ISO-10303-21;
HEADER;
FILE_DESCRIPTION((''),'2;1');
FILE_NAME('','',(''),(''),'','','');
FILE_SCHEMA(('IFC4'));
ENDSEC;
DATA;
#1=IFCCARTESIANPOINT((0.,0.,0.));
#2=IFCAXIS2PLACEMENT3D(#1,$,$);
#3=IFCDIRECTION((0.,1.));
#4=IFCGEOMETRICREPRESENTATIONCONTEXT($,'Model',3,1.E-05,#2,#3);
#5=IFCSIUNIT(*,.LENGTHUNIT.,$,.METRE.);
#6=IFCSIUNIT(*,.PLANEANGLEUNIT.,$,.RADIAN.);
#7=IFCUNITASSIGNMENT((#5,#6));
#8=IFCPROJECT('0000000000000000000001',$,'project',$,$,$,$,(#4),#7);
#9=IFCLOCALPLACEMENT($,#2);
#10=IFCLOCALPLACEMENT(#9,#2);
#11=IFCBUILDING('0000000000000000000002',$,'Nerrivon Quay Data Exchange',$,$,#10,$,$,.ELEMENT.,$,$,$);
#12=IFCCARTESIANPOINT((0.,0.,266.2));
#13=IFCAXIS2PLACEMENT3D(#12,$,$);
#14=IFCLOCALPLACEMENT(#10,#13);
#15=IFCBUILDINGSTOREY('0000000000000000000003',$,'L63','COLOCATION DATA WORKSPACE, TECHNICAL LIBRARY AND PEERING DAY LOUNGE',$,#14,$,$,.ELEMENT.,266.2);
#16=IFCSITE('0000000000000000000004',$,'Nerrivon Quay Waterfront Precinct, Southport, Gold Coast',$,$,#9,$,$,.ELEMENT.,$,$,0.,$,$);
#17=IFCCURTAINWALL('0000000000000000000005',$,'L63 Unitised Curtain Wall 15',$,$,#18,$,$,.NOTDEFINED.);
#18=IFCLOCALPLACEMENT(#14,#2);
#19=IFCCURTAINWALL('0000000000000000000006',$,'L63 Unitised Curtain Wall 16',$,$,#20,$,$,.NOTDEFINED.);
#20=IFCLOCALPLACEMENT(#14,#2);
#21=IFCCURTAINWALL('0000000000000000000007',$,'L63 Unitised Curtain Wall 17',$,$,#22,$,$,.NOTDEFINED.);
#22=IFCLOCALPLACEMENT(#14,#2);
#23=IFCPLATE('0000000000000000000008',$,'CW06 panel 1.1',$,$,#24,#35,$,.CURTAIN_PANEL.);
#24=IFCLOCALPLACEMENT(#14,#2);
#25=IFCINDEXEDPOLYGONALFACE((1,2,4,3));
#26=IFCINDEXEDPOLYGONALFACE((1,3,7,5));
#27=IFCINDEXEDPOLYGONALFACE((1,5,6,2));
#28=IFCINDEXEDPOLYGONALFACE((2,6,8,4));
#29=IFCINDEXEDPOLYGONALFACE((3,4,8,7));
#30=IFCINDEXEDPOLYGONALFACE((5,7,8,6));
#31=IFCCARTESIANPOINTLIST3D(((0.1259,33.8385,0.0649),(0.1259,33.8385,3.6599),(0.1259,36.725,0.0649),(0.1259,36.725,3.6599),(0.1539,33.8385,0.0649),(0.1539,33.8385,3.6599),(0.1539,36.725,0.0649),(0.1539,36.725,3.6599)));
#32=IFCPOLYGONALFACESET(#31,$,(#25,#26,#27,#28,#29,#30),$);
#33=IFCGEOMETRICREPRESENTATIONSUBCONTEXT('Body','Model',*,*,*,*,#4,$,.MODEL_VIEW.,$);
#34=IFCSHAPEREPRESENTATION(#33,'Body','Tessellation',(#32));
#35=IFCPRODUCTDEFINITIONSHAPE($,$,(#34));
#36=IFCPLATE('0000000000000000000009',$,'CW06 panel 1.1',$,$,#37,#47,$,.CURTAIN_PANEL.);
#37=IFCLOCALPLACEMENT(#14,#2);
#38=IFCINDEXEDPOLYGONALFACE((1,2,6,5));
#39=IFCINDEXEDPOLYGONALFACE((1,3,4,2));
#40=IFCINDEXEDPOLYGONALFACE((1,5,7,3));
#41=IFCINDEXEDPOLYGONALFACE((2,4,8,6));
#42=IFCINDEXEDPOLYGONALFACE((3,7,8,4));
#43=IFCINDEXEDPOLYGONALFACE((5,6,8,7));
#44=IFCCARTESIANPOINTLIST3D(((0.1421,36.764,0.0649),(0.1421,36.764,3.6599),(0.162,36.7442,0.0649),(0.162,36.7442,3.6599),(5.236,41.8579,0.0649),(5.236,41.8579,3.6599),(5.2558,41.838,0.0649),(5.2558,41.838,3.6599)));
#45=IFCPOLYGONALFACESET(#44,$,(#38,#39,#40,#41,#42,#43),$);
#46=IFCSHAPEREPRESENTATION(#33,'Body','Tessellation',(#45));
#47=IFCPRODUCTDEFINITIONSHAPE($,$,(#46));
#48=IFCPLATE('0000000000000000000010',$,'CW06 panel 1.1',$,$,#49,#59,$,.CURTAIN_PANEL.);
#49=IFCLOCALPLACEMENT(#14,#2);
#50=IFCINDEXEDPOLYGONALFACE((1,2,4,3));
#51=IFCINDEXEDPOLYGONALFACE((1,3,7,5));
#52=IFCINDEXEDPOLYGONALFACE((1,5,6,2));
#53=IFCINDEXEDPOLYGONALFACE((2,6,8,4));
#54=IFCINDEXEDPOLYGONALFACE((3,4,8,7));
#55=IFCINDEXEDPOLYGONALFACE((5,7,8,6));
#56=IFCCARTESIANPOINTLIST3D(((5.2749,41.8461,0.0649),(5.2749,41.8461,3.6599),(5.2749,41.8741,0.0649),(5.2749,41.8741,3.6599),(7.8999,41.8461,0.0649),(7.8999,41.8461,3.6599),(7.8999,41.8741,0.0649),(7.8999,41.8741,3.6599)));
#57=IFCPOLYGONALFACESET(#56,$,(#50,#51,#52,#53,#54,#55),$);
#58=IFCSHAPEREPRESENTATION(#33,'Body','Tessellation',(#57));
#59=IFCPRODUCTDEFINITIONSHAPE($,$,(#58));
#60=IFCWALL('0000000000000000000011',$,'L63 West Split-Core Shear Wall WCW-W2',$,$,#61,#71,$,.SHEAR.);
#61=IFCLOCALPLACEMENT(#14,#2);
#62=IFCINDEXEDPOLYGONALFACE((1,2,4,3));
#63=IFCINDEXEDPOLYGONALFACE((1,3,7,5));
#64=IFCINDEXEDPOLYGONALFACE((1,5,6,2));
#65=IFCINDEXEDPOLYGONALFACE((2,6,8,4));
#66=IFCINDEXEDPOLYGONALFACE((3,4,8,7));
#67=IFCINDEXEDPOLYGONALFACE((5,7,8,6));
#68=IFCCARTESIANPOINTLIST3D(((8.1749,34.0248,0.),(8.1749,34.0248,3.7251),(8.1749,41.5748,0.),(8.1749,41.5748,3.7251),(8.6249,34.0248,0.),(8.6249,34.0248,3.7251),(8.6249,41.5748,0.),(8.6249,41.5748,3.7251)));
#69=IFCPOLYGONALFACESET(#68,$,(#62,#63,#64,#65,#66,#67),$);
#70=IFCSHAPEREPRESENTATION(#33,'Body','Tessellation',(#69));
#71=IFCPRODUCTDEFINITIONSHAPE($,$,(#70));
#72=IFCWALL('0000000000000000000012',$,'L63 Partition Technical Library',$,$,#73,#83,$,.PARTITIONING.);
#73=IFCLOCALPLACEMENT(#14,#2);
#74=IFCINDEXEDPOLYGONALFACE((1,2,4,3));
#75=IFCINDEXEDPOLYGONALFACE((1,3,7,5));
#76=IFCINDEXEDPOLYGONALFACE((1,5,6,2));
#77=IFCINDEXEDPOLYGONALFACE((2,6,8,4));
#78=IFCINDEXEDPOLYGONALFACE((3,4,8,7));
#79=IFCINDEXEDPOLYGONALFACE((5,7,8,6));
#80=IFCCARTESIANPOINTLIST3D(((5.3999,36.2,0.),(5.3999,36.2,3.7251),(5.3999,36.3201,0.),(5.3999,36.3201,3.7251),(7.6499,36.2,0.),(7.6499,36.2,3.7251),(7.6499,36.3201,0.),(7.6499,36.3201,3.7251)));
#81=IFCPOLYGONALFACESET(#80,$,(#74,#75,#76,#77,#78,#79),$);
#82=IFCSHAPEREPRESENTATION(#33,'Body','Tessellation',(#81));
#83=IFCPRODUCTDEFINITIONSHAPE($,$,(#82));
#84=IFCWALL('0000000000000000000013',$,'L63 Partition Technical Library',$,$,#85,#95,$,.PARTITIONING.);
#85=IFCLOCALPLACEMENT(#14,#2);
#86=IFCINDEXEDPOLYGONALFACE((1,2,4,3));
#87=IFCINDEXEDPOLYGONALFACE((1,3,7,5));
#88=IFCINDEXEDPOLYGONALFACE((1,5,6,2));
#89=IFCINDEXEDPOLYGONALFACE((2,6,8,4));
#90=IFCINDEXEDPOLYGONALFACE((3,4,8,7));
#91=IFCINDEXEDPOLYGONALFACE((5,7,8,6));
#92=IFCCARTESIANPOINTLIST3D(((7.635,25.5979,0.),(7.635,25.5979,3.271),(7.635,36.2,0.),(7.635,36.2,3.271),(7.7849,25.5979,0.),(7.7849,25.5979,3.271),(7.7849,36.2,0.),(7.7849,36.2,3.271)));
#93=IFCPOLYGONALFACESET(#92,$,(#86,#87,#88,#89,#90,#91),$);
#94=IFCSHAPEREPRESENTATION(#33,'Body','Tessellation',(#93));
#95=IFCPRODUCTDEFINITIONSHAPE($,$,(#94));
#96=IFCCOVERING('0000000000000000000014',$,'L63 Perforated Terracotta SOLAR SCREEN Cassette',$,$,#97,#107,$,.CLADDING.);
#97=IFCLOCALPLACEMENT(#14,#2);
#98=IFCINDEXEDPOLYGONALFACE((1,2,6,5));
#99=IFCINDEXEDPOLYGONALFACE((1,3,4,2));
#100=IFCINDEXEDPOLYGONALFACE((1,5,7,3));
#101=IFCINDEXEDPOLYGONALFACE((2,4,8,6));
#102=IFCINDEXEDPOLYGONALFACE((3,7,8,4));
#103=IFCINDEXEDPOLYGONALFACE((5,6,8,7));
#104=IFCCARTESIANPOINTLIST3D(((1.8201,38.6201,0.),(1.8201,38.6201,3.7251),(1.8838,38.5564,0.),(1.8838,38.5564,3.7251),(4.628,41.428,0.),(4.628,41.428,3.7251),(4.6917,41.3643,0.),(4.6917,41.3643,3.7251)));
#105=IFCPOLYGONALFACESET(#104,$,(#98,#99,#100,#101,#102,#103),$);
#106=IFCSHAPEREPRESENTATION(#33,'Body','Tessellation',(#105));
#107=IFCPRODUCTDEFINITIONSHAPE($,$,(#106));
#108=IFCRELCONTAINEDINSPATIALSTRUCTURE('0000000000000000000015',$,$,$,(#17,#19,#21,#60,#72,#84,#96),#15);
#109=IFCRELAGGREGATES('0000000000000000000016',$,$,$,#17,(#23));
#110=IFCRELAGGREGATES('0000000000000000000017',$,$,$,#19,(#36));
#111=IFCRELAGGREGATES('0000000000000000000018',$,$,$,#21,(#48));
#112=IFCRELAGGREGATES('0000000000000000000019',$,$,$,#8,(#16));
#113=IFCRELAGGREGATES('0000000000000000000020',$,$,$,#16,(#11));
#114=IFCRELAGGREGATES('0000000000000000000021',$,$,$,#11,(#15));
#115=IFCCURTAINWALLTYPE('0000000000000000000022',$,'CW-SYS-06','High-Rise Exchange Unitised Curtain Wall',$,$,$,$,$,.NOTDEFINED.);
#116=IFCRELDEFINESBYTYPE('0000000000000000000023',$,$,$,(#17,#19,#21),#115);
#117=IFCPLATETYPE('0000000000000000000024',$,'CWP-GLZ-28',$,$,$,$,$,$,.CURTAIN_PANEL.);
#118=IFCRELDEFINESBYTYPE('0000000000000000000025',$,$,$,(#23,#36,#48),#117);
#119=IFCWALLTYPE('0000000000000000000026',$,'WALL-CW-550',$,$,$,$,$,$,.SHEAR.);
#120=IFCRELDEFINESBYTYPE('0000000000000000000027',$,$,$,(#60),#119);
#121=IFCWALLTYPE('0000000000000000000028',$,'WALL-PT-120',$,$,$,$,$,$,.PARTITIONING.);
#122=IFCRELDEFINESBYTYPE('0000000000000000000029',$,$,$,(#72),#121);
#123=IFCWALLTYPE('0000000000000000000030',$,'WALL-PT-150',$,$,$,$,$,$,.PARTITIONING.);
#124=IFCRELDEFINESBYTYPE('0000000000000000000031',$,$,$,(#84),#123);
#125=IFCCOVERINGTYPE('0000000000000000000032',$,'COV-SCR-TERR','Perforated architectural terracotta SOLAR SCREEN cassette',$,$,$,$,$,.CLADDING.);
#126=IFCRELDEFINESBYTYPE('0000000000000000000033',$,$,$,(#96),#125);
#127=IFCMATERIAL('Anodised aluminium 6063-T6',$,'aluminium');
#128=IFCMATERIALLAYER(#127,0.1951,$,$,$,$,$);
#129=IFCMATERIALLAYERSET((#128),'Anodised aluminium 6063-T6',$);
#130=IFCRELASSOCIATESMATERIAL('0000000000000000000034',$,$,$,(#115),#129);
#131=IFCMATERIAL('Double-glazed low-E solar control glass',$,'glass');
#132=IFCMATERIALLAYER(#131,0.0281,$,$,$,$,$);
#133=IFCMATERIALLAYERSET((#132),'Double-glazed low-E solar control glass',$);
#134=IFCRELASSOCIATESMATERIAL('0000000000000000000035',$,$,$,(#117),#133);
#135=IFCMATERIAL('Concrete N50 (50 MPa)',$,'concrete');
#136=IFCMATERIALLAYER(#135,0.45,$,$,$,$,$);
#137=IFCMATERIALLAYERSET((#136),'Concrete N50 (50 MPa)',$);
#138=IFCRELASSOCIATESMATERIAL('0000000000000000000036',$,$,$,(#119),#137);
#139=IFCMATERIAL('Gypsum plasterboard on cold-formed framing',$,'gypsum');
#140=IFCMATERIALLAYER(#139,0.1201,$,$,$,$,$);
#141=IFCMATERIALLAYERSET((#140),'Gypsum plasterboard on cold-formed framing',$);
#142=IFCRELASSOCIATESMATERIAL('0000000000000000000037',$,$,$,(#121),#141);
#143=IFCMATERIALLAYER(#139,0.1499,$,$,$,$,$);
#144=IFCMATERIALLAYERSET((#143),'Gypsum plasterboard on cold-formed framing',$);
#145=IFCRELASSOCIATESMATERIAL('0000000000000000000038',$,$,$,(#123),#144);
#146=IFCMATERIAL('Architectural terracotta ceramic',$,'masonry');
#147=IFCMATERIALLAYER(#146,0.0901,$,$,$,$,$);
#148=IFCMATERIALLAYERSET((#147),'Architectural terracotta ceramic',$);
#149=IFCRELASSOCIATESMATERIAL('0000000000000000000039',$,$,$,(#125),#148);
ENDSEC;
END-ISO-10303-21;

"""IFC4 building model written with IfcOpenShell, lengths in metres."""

from ifc_helpers import new_model, si_unit, direction, frame, frame_2d, origin, origin_2d, place, context, subcontext, project, spatial, rectangle, extrude, material, layer, layer_set, type_object, element, aggregate, save


model = new_model("IFC4")

# Units and contexts
model_context = context("Model", 3, precision=1e-05, world=origin(), true_north=direction((0.0, 1.0)))
body_context = subcontext(model_context, "Body", "Model", "MODEL_VIEW")
ifc_project = project(units=[si_unit("LENGTHUNIT", "METRE"), si_unit("PLANEANGLEUNIT", "RADIAN")], contexts=[model_context])

# Site, building, storey
site_placement = place(None, origin())
site = spatial("IfcSite", under=ifc_project, at=site_placement, Name="Nerrivon Quay Waterfront Precinct, Southport, Gold Coast", CompositionType="ELEMENT", RefElevation=0.0)
building_placement = place(site_placement, origin())
building = spatial("IfcBuilding", under=site, at=building_placement, Name="Nerrivon Quay Data Exchange", CompositionType="ELEMENT")
storey_placement = place(building_placement, frame((0.0, 0.0, 266.2)))
storey = spatial("IfcBuildingStorey", under=building, at=storey_placement, Name="L63", Description="COLOCATION DATA WORKSPACE, TECHNICAL LIBRARY AND PEERING DAY LOUNGE", CompositionType="ELEMENT", Elevation=266.2)

# Shared definitions
ifc_material_1 = material(Name="Concrete N50 (50 MPa)", Category="concrete")

# Curtain walls
ifc_material_2 = material(Name="Anodised aluminium 6063-T6", Category="aluminium")
ifc_layer_1 = layer(ifc_material_2, 0.1951)
ifc_layer_set_1 = layer_set([ifc_layer_1], Name="Anodised aluminium 6063-T6")
curtain_wall_type = type_object("IfcCurtainWallType", Name="CW-SYS-06", Description="High-Rise Exchange Unitised Curtain Wall", PredefinedType="NOTDEFINED", material=ifc_layer_set_1)
curtain_wall_1_placement = place(storey_placement, origin())
curtain_wall_1 = element("IfcCurtainWall", 1, at=curtain_wall_1_placement, inside=storey, type_object=curtain_wall_type, Name="L63 Unitised Curtain Wall 15", PredefinedType="NOTDEFINED")
curtain_wall_2_placement = place(storey_placement, origin())
curtain_wall_2 = element("IfcCurtainWall", 2, at=curtain_wall_2_placement, inside=storey, type_object=curtain_wall_type, Name="L63 Unitised Curtain Wall 16", PredefinedType="NOTDEFINED")
curtain_wall_3_placement = place(storey_placement, origin())
curtain_wall_3 = element("IfcCurtainWall", 3, at=curtain_wall_3_placement, inside=storey, type_object=curtain_wall_type, Name="L63 Unitised Curtain Wall 17", PredefinedType="NOTDEFINED")

# Plates
ifc_material_3 = material(Name="Double-glazed low-E solar control glass", Category="glass")
ifc_layer_2 = layer(ifc_material_3, 0.0281)
ifc_layer_set_2 = layer_set([ifc_layer_2], Name="Double-glazed low-E solar control glass")
plate_type = type_object("IfcPlateType", Name="CWP-GLZ-28", PredefinedType="CURTAIN_PANEL", material=ifc_layer_set_2)
plate_1_placement = place(storey_placement, frame((0.1399, 35.2817, 0.0649), z_axis=(0.0, 0.0, 1.0), x_axis=(0.0, 1.0, 0.0)))
plate_1 = element("IfcPlate", 4, at=plate_1_placement, type_object=plate_type, Name="CW06 panel 1.1", PredefinedType="CURTAIN_PANEL", context=body_context, shape_type="SweptSolid", body=[
    extrude(rectangle(XDim=2.8865, YDim=0.0281, at=origin_2d()), origin(), (0.0, 0.0, 1.0), 3.595),
])
aggregate(curtain_wall_1, [plate_1])
plate_2_placement = place(storey_placement, frame((2.699, 39.301, 0.0649), z_axis=(0.0, 0.0, 1.0), x_axis=(0.707107, 0.707107, 0.0)))
plate_2 = element("IfcPlate", 5, at=plate_2_placement, type_object=plate_type, Name="CW06 panel 1.1", PredefinedType="CURTAIN_PANEL", context=body_context, shape_type="SweptSolid", body=[
    extrude(rectangle(XDim=7.2039, YDim=0.0281, at=origin_2d()), origin(), (0.0, 0.0, 1.0), 3.595),
])
aggregate(curtain_wall_2, [plate_2])
plate_3_placement = place(storey_placement, frame((6.5874, 41.8601, 0.0649), z_axis=(0.0, 0.0, 1.0), x_axis=(1.0, 0.0, 0.0)))
plate_3 = element("IfcPlate", 6, at=plate_3_placement, type_object=plate_type, Name="CW06 panel 1.1", PredefinedType="CURTAIN_PANEL", context=body_context, shape_type="SweptSolid", body=[
    extrude(rectangle(XDim=2.625, YDim=0.0281, at=origin_2d()), origin(), (0.0, 0.0, 1.0), 3.595),
])
aggregate(curtain_wall_3, [plate_3])

# Walls
ifc_layer_3 = layer(ifc_material_1, 0.45)
ifc_layer_set_3 = layer_set([ifc_layer_3], Name="Concrete N50 (50 MPa)")
wall_type_1 = type_object("IfcWallType", Name="WALL-CW-550", PredefinedType="SHEAR", material=ifc_layer_set_3)
wall_1_placement = place(storey_placement, frame((8.3999, 34.0249, 0.0), z_axis=(0.0, 0.0, 1.0), x_axis=(0.0, 1.0, 0.0)))
element("IfcWall", 7, at=wall_1_placement, inside=storey, type_object=wall_type_1, Name="L63 West Split-Core Shear Wall WCW-W2", PredefinedType="SHEAR", context=body_context, shape_type="SweptSolid", body=[
    extrude(rectangle(XDim=7.55, YDim=0.45, at=frame_2d((3.7749, 0.0))), origin(), (0.0, 0.0, 1.0), 3.7251),
])
ifc_material_4 = material(Name="Gypsum plasterboard on cold-formed framing", Category="gypsum")
ifc_layer_4 = layer(ifc_material_4, 0.1201)
ifc_layer_set_4 = layer_set([ifc_layer_4], Name="Gypsum plasterboard on cold-formed framing")
wall_type_2 = type_object("IfcWallType", Name="WALL-PT-120", PredefinedType="PARTITIONING", material=ifc_layer_set_4)
wall_2_placement = place(storey_placement, frame((5.3999, 36.26, 0.0), z_axis=(0.0, 0.0, 1.0), x_axis=(1.0, 0.0, 0.0)))
element("IfcWall", 8, at=wall_2_placement, inside=storey, type_object=wall_type_2, Name="L63 Partition Technical Library", PredefinedType="PARTITIONING", context=body_context, shape_type="SweptSolid", body=[
    extrude(rectangle(XDim=2.25, YDim=0.1201, at=frame_2d((1.125, 0.0))), origin(), (0.0, 0.0, 1.0), 3.7251),
])
ifc_layer_5 = layer(ifc_material_4, 0.1499)
ifc_layer_set_5 = layer_set([ifc_layer_5], Name="Gypsum plasterboard on cold-formed framing")
wall_type_3 = type_object("IfcWallType", Name="WALL-PT-150", PredefinedType="PARTITIONING", material=ifc_layer_set_5)
wall_3_placement = place(storey_placement, frame((7.71, 36.2, 0.0), z_axis=(0.0, 0.0, 1.0), x_axis=(0.0, -1.0, 0.0)))
element("IfcWall", 9, at=wall_3_placement, inside=storey, type_object=wall_type_3, Name="L63 Partition Technical Library", PredefinedType="PARTITIONING", context=body_context, shape_type="SweptSolid", body=[
    extrude(rectangle(XDim=10.6021, YDim=0.1499, at=frame_2d((5.301, 0.0))), origin(), (0.0, 0.0, 1.0), 3.271),
])

# Covering
ifc_material_5 = material(Name="Architectural terracotta ceramic", Category="masonry")
ifc_layer_6 = layer(ifc_material_5, 0.0901)
ifc_layer_set_6 = layer_set([ifc_layer_6], Name="Architectural terracotta ceramic")
covering_type = type_object("IfcCoveringType", Name="COV-SCR-TERR", Description="Perforated architectural terracotta SOLAR SCREEN cassette", PredefinedType="CLADDING", material=ifc_layer_set_6)
covering_placement = place(storey_placement, frame((3.2559, 39.9922, 0.0), z_axis=(0.0, 0.0, 1.0), x_axis=(0.707107, 0.707107, 0.0)))
element("IfcCovering", 10, at=covering_placement, inside=storey, type_object=covering_type, Name="L63 Perforated Terracotta SOLAR SCREEN Cassette", PredefinedType="CLADDING", context=body_context, shape_type="SweptSolid", body=[
    extrude(rectangle(XDim=3.9709, YDim=0.0901, at=origin_2d()), origin(), (0.0, 0.0, 1.0), 3.7251),
])

save(model, "model.ifc")
